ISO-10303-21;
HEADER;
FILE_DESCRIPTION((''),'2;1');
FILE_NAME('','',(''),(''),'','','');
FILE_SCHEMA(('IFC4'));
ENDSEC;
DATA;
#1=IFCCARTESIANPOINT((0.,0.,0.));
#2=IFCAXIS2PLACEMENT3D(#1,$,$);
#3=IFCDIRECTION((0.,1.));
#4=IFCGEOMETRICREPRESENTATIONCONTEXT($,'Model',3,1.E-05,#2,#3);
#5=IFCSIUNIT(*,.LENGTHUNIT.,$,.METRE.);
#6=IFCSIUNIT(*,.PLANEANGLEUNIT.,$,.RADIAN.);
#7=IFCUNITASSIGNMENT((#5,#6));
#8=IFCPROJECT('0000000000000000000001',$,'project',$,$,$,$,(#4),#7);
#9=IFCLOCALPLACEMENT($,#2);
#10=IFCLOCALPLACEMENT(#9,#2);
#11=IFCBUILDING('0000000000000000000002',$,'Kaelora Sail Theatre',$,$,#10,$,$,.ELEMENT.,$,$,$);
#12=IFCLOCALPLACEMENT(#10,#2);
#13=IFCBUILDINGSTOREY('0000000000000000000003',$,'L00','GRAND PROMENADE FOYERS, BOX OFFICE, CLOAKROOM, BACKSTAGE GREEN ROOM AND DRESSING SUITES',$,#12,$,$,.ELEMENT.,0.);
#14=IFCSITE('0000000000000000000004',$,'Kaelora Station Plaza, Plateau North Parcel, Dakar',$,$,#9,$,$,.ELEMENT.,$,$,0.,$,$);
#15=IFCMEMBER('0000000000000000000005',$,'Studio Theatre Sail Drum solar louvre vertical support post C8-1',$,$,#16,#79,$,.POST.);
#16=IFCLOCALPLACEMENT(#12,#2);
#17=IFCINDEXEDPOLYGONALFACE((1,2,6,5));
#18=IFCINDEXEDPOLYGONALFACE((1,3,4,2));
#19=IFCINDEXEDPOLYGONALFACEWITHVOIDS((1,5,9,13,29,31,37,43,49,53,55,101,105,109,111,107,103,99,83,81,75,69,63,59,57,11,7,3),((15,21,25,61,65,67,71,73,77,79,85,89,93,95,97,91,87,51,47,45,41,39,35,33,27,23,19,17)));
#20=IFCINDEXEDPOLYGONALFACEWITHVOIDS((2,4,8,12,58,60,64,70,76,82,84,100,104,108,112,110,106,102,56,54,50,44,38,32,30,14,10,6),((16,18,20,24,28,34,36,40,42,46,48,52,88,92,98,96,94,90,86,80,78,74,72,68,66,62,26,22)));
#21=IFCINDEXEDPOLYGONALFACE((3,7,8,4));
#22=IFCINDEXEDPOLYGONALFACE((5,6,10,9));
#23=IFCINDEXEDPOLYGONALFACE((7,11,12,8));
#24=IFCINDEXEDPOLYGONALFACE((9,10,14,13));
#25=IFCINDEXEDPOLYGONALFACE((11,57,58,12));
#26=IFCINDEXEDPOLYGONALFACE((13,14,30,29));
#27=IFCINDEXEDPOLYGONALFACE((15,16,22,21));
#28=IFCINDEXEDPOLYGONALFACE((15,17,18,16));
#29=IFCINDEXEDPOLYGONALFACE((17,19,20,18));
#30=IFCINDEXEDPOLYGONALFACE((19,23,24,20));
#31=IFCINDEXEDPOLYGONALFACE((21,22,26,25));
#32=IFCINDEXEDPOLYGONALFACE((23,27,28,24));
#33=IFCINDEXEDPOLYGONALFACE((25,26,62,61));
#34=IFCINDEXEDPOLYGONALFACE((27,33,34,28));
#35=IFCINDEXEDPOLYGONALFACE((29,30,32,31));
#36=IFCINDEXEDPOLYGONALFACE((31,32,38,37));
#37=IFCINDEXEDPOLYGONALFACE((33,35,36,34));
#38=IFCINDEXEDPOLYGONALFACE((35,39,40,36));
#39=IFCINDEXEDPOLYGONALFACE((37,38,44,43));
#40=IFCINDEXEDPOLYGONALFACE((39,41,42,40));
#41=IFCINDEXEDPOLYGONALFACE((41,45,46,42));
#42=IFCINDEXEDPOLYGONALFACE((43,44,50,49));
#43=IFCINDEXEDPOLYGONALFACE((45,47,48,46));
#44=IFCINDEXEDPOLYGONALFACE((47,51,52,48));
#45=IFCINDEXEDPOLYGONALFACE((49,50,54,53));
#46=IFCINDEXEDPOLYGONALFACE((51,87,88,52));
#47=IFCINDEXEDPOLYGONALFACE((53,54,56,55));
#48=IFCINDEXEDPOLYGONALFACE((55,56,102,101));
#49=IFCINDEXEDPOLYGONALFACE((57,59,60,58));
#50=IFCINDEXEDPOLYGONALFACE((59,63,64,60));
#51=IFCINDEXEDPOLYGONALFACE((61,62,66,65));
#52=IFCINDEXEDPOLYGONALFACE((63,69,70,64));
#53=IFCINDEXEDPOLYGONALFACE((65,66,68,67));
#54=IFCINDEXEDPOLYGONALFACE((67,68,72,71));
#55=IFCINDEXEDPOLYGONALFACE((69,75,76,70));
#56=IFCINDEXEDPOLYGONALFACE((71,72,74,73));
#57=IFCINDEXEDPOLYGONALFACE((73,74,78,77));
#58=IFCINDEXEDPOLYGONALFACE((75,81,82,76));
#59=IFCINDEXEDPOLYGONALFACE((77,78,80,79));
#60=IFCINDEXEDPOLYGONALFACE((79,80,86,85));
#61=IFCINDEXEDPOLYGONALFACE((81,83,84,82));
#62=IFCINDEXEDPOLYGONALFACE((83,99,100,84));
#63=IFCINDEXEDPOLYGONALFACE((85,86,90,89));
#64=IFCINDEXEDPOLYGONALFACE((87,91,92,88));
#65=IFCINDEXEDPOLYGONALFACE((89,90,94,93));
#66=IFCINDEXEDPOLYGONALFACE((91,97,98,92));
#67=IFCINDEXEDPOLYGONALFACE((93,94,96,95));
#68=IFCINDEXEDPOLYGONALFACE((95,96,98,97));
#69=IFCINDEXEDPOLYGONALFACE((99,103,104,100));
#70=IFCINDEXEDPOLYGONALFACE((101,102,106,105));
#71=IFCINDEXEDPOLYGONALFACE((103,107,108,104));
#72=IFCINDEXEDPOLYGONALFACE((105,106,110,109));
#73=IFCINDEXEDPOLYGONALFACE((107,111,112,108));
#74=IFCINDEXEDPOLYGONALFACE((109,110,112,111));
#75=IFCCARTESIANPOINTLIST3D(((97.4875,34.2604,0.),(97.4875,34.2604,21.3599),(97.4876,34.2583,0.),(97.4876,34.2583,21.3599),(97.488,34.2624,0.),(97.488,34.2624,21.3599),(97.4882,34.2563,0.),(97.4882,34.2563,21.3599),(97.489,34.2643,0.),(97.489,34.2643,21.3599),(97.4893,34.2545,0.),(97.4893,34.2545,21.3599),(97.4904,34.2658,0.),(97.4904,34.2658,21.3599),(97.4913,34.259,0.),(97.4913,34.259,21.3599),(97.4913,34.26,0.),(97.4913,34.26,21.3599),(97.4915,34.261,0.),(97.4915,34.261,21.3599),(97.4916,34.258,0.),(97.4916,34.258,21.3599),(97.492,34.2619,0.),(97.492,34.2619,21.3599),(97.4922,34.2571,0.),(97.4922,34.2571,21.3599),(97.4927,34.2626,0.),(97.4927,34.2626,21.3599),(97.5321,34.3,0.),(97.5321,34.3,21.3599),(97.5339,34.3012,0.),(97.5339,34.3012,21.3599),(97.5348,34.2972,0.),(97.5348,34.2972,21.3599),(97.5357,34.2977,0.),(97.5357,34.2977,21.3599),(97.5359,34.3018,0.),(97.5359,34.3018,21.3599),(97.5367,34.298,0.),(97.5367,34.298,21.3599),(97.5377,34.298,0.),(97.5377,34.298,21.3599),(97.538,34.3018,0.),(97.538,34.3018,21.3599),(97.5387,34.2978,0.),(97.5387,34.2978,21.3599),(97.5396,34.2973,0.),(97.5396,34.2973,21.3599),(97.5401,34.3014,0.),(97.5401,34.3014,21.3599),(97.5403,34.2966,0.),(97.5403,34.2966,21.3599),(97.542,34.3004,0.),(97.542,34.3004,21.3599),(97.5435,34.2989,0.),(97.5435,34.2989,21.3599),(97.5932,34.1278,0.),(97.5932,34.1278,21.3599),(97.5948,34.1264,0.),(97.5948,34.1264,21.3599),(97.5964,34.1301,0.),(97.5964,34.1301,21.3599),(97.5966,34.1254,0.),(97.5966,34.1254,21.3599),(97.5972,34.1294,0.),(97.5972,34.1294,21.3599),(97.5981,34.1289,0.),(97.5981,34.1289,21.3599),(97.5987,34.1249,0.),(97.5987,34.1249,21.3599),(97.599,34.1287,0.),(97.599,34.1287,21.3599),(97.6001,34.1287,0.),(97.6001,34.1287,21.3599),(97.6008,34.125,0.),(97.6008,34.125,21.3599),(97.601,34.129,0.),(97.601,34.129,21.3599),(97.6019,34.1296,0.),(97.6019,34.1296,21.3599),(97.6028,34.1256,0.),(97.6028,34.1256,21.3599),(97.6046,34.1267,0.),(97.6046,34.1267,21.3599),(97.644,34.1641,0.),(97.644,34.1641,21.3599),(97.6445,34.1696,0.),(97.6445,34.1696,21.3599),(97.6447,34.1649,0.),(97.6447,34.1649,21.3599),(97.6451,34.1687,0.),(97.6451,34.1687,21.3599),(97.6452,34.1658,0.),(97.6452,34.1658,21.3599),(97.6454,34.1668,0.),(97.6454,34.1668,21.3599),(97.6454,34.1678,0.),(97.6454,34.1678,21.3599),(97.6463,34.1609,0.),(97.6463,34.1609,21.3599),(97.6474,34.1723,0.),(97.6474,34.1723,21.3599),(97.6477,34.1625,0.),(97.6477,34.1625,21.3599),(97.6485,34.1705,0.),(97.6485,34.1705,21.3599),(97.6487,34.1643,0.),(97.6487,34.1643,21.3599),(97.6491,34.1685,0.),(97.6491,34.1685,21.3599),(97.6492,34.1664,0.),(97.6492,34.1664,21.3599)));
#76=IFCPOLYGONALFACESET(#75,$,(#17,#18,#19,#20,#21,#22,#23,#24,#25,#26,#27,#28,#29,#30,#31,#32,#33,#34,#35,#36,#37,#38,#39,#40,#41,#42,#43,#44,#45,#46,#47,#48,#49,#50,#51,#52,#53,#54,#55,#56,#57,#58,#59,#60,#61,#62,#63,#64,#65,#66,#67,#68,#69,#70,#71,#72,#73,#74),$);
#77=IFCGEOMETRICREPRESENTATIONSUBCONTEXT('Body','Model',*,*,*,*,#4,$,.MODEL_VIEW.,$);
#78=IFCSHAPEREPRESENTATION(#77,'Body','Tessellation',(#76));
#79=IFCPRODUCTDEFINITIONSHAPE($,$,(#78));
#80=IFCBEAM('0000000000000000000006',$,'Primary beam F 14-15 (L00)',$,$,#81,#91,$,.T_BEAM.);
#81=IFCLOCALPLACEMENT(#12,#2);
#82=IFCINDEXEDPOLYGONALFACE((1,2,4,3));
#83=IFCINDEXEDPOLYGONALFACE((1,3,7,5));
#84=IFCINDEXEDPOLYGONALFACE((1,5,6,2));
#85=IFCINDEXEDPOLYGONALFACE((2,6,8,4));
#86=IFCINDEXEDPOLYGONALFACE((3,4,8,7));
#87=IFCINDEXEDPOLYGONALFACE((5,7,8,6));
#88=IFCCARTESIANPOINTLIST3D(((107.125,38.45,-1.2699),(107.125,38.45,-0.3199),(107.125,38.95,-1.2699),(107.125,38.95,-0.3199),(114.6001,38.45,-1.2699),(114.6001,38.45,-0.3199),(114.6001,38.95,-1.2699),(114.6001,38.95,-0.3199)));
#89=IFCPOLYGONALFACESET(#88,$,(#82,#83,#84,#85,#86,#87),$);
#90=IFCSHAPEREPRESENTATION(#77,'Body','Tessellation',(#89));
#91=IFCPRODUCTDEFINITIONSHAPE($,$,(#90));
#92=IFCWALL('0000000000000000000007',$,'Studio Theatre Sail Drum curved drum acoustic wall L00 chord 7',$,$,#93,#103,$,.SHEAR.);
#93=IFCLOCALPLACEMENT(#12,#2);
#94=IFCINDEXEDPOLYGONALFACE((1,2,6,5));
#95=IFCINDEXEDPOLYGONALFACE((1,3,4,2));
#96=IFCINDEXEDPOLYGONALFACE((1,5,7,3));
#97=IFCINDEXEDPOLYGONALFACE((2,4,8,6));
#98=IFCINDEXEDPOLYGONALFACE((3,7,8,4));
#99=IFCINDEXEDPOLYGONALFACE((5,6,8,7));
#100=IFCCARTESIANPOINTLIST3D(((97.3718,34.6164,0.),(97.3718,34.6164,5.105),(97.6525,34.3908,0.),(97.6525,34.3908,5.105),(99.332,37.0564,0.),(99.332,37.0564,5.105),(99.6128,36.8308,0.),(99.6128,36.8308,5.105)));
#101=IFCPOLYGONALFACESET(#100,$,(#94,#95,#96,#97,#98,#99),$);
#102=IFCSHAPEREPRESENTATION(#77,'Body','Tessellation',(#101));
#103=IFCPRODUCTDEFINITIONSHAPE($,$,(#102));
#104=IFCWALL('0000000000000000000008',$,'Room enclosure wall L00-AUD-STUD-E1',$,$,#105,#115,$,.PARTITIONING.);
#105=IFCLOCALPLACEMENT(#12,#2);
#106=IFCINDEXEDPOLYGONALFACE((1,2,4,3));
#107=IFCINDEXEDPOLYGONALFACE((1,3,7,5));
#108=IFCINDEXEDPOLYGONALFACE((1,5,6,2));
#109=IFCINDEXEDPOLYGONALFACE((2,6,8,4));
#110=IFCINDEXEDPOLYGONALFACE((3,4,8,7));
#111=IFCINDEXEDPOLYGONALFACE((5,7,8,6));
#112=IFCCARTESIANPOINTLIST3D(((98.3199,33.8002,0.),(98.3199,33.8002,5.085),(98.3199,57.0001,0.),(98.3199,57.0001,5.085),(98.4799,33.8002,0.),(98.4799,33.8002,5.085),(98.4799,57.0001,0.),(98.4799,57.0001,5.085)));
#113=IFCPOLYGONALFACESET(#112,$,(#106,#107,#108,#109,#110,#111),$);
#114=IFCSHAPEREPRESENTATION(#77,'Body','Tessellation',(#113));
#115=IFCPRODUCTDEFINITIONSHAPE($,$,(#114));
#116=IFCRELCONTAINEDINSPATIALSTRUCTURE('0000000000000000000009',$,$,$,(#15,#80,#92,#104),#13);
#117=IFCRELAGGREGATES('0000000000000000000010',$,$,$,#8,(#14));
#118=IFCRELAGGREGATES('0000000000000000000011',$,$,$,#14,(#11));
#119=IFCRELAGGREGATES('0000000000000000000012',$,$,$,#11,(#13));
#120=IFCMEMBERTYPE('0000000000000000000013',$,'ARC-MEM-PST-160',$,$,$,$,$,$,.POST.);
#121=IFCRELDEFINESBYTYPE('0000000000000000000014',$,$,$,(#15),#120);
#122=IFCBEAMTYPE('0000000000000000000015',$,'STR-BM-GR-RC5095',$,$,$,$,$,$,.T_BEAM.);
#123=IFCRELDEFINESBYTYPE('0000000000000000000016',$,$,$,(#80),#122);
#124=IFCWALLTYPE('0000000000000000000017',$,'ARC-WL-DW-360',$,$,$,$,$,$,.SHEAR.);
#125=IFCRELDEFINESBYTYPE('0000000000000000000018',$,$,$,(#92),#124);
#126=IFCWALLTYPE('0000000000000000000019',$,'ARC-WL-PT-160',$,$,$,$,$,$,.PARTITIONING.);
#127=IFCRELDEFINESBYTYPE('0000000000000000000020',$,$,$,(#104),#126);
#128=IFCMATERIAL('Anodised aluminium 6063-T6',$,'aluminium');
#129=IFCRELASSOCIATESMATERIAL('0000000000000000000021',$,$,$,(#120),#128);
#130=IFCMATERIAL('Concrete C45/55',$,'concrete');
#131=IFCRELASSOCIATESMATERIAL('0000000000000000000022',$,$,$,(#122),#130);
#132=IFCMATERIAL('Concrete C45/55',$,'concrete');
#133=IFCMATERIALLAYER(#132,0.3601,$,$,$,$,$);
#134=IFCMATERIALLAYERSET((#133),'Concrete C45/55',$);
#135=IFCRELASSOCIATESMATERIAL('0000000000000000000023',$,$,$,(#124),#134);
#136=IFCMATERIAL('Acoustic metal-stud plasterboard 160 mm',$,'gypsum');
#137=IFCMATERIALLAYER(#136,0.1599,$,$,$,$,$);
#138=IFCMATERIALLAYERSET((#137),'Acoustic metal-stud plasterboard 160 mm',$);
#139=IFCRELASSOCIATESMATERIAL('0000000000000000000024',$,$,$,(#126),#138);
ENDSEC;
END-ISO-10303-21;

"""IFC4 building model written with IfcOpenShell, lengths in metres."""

from ifc_helpers import new_model, si_unit, direction, frame, frame_2d, origin, origin_2d, place, context, subcontext, project, spatial, rectangle, hollow_rectangle, extrude, material, layer, layer_set, material_profile, profile_set, type_object, element, save


model = new_model("IFC4")

# Units and contexts
model_context = context("Model", 3, precision=1e-05, world=origin(), true_north=direction((0.0, 1.0)))
body_context = subcontext(model_context, "Body", "Model", "MODEL_VIEW")
ifc_project = project(units=[si_unit("LENGTHUNIT", "METRE"), si_unit("PLANEANGLEUNIT", "RADIAN")], contexts=[model_context])

# Site, building, storey
site_placement = place(None, origin())
site = spatial("IfcSite", under=ifc_project, at=site_placement, Name="Kaelora Station Plaza, Plateau North Parcel, Dakar", CompositionType="ELEMENT", RefElevation=0.0)
building_placement = place(site_placement, origin())
building = spatial("IfcBuilding", under=site, at=building_placement, Name="Kaelora Sail Theatre", CompositionType="ELEMENT")
storey_placement = place(building_placement, origin())
storey = spatial("IfcBuildingStorey", under=building, at=storey_placement, Name="L00", Description="GRAND PROMENADE FOYERS, BOX OFFICE, CLOAKROOM, BACKSTAGE GREEN ROOM AND DRESSING SUITES", CompositionType="ELEMENT", Elevation=0.0)

# Member
ifc_material_1 = material(Name="Anodised aluminium 6063-T6", Category="aluminium")
ifc_material_profile_1 = material_profile(ifc_material_1, hollow_rectangle(XDim=0.0701, YDim=0.1799, WallThickness=0.0039, InnerFilletRadius=0.0039, OuterFilletRadius=0.0081, at=origin_2d()), Name="ALU-MULL 70x180x4")
ifc_profile_set_1 = profile_set([ifc_material_profile_1], Name="Anodised aluminium 6063-T6")
member_type_1 = type_object("IfcMemberType", Name="ARC-MEM-PST-160", PredefinedType="POST", material=ifc_profile_set_1)
member_placement = place(storey_placement, frame((97.5684, 34.2134, 0.0), z_axis=(0.0, 0.0, 1.0), x_axis=(-0.773066, -0.634326, 0.0)))
element("IfcMember", 1, at=member_placement, inside=storey, type_object=member_type_1, Name="Studio Theatre Sail Drum solar louvre vertical support post C8-1", PredefinedType="POST", context=body_context, shape_type="SweptSolid", body=[
    extrude(hollow_rectangle(XDim=0.0701, YDim=0.1799, WallThickness=0.0039, InnerFilletRadius=0.0039, OuterFilletRadius=0.0081, at=origin_2d()), origin(), (0.0, 0.0, 1.0), 21.3599),
])

# Beam
ifc_material_2 = material(Name="Concrete C45/55", Category="concrete")
ifc_material_profile_2 = material_profile(ifc_material_2, rectangle(XDim=0.5, YDim=0.95, at=origin_2d()), Name="RC-GRD 500x950")
ifc_profile_set_2 = profile_set([ifc_material_profile_2], Name="Concrete C45/55")
beam_type = type_object("IfcBeamType", Name="STR-BM-GR-RC5095", PredefinedType="T_BEAM", material=ifc_profile_set_2)
beam_placement = place(storey_placement, frame((107.125, 38.7, -0.7949), z_axis=(1.0, 0.0, 0.0), x_axis=(0.0, 1.0, 0.0)))
element("IfcBeam", 2, at=beam_placement, inside=storey, type_object=beam_type, Name="Primary beam F 14-15 (L00)", PredefinedType="T_BEAM", context=body_context, shape_type="SweptSolid", body=[
    extrude(rectangle(XDim=0.5, YDim=0.95, at=origin_2d()), origin(), (0.0, 0.0, 1.0), 7.4751),
])

# Walls
ifc_material_3 = material(Name="Concrete C45/55", Category="concrete")
ifc_layer_1 = layer(ifc_material_3, 0.3601)
ifc_layer_set_1 = layer_set([ifc_layer_1], Name="Concrete C45/55")
wall_type_1 = type_object("IfcWallType", Name="ARC-WL-DW-360", PredefinedType="SHEAR", material=ifc_layer_set_1)
wall_1_placement = place(storey_placement, frame((99.4724, 36.9436, 0.0), z_axis=(0.0, 0.0, 1.0), x_axis=(-0.626301, -0.779581, 0.0)))
element("IfcWall", 3, at=wall_1_placement, inside=storey, type_object=wall_type_1, Name="Studio Theatre Sail Drum curved drum acoustic wall L00 chord 7", PredefinedType="SHEAR", context=body_context, shape_type="SweptSolid", body=[
    extrude(rectangle(XDim=3.1299, YDim=0.3601, at=frame_2d((1.5649, 0.0))), origin(), (0.0, 0.0, 1.0), 5.105),
])
ifc_material_4 = material(Name="Acoustic metal-stud plasterboard 160 mm", Category="gypsum")
ifc_layer_2 = layer(ifc_material_4, 0.1599)
ifc_layer_set_2 = layer_set([ifc_layer_2], Name="Acoustic metal-stud plasterboard 160 mm")
wall_type_2 = type_object("IfcWallType", Name="ARC-WL-PT-160", PredefinedType="PARTITIONING", material=ifc_layer_set_2)
wall_2_placement = place(storey_placement, frame((98.3999, 33.8, 0.0), z_axis=(0.0, 0.0, 1.0), x_axis=(0.0, 1.0, 0.0)))
element("IfcWall", 4, at=wall_2_placement, inside=storey, type_object=wall_type_2, Name="Room enclosure wall L00-AUD-STUD-E1", PredefinedType="PARTITIONING", context=body_context, shape_type="SweptSolid", body=[
    extrude(rectangle(XDim=23.2, YDim=0.1599, at=frame_2d((11.6001, 0.0))), origin(), (0.0, 0.0, 1.0), 5.085),
])

save(model, "model.ifc")
